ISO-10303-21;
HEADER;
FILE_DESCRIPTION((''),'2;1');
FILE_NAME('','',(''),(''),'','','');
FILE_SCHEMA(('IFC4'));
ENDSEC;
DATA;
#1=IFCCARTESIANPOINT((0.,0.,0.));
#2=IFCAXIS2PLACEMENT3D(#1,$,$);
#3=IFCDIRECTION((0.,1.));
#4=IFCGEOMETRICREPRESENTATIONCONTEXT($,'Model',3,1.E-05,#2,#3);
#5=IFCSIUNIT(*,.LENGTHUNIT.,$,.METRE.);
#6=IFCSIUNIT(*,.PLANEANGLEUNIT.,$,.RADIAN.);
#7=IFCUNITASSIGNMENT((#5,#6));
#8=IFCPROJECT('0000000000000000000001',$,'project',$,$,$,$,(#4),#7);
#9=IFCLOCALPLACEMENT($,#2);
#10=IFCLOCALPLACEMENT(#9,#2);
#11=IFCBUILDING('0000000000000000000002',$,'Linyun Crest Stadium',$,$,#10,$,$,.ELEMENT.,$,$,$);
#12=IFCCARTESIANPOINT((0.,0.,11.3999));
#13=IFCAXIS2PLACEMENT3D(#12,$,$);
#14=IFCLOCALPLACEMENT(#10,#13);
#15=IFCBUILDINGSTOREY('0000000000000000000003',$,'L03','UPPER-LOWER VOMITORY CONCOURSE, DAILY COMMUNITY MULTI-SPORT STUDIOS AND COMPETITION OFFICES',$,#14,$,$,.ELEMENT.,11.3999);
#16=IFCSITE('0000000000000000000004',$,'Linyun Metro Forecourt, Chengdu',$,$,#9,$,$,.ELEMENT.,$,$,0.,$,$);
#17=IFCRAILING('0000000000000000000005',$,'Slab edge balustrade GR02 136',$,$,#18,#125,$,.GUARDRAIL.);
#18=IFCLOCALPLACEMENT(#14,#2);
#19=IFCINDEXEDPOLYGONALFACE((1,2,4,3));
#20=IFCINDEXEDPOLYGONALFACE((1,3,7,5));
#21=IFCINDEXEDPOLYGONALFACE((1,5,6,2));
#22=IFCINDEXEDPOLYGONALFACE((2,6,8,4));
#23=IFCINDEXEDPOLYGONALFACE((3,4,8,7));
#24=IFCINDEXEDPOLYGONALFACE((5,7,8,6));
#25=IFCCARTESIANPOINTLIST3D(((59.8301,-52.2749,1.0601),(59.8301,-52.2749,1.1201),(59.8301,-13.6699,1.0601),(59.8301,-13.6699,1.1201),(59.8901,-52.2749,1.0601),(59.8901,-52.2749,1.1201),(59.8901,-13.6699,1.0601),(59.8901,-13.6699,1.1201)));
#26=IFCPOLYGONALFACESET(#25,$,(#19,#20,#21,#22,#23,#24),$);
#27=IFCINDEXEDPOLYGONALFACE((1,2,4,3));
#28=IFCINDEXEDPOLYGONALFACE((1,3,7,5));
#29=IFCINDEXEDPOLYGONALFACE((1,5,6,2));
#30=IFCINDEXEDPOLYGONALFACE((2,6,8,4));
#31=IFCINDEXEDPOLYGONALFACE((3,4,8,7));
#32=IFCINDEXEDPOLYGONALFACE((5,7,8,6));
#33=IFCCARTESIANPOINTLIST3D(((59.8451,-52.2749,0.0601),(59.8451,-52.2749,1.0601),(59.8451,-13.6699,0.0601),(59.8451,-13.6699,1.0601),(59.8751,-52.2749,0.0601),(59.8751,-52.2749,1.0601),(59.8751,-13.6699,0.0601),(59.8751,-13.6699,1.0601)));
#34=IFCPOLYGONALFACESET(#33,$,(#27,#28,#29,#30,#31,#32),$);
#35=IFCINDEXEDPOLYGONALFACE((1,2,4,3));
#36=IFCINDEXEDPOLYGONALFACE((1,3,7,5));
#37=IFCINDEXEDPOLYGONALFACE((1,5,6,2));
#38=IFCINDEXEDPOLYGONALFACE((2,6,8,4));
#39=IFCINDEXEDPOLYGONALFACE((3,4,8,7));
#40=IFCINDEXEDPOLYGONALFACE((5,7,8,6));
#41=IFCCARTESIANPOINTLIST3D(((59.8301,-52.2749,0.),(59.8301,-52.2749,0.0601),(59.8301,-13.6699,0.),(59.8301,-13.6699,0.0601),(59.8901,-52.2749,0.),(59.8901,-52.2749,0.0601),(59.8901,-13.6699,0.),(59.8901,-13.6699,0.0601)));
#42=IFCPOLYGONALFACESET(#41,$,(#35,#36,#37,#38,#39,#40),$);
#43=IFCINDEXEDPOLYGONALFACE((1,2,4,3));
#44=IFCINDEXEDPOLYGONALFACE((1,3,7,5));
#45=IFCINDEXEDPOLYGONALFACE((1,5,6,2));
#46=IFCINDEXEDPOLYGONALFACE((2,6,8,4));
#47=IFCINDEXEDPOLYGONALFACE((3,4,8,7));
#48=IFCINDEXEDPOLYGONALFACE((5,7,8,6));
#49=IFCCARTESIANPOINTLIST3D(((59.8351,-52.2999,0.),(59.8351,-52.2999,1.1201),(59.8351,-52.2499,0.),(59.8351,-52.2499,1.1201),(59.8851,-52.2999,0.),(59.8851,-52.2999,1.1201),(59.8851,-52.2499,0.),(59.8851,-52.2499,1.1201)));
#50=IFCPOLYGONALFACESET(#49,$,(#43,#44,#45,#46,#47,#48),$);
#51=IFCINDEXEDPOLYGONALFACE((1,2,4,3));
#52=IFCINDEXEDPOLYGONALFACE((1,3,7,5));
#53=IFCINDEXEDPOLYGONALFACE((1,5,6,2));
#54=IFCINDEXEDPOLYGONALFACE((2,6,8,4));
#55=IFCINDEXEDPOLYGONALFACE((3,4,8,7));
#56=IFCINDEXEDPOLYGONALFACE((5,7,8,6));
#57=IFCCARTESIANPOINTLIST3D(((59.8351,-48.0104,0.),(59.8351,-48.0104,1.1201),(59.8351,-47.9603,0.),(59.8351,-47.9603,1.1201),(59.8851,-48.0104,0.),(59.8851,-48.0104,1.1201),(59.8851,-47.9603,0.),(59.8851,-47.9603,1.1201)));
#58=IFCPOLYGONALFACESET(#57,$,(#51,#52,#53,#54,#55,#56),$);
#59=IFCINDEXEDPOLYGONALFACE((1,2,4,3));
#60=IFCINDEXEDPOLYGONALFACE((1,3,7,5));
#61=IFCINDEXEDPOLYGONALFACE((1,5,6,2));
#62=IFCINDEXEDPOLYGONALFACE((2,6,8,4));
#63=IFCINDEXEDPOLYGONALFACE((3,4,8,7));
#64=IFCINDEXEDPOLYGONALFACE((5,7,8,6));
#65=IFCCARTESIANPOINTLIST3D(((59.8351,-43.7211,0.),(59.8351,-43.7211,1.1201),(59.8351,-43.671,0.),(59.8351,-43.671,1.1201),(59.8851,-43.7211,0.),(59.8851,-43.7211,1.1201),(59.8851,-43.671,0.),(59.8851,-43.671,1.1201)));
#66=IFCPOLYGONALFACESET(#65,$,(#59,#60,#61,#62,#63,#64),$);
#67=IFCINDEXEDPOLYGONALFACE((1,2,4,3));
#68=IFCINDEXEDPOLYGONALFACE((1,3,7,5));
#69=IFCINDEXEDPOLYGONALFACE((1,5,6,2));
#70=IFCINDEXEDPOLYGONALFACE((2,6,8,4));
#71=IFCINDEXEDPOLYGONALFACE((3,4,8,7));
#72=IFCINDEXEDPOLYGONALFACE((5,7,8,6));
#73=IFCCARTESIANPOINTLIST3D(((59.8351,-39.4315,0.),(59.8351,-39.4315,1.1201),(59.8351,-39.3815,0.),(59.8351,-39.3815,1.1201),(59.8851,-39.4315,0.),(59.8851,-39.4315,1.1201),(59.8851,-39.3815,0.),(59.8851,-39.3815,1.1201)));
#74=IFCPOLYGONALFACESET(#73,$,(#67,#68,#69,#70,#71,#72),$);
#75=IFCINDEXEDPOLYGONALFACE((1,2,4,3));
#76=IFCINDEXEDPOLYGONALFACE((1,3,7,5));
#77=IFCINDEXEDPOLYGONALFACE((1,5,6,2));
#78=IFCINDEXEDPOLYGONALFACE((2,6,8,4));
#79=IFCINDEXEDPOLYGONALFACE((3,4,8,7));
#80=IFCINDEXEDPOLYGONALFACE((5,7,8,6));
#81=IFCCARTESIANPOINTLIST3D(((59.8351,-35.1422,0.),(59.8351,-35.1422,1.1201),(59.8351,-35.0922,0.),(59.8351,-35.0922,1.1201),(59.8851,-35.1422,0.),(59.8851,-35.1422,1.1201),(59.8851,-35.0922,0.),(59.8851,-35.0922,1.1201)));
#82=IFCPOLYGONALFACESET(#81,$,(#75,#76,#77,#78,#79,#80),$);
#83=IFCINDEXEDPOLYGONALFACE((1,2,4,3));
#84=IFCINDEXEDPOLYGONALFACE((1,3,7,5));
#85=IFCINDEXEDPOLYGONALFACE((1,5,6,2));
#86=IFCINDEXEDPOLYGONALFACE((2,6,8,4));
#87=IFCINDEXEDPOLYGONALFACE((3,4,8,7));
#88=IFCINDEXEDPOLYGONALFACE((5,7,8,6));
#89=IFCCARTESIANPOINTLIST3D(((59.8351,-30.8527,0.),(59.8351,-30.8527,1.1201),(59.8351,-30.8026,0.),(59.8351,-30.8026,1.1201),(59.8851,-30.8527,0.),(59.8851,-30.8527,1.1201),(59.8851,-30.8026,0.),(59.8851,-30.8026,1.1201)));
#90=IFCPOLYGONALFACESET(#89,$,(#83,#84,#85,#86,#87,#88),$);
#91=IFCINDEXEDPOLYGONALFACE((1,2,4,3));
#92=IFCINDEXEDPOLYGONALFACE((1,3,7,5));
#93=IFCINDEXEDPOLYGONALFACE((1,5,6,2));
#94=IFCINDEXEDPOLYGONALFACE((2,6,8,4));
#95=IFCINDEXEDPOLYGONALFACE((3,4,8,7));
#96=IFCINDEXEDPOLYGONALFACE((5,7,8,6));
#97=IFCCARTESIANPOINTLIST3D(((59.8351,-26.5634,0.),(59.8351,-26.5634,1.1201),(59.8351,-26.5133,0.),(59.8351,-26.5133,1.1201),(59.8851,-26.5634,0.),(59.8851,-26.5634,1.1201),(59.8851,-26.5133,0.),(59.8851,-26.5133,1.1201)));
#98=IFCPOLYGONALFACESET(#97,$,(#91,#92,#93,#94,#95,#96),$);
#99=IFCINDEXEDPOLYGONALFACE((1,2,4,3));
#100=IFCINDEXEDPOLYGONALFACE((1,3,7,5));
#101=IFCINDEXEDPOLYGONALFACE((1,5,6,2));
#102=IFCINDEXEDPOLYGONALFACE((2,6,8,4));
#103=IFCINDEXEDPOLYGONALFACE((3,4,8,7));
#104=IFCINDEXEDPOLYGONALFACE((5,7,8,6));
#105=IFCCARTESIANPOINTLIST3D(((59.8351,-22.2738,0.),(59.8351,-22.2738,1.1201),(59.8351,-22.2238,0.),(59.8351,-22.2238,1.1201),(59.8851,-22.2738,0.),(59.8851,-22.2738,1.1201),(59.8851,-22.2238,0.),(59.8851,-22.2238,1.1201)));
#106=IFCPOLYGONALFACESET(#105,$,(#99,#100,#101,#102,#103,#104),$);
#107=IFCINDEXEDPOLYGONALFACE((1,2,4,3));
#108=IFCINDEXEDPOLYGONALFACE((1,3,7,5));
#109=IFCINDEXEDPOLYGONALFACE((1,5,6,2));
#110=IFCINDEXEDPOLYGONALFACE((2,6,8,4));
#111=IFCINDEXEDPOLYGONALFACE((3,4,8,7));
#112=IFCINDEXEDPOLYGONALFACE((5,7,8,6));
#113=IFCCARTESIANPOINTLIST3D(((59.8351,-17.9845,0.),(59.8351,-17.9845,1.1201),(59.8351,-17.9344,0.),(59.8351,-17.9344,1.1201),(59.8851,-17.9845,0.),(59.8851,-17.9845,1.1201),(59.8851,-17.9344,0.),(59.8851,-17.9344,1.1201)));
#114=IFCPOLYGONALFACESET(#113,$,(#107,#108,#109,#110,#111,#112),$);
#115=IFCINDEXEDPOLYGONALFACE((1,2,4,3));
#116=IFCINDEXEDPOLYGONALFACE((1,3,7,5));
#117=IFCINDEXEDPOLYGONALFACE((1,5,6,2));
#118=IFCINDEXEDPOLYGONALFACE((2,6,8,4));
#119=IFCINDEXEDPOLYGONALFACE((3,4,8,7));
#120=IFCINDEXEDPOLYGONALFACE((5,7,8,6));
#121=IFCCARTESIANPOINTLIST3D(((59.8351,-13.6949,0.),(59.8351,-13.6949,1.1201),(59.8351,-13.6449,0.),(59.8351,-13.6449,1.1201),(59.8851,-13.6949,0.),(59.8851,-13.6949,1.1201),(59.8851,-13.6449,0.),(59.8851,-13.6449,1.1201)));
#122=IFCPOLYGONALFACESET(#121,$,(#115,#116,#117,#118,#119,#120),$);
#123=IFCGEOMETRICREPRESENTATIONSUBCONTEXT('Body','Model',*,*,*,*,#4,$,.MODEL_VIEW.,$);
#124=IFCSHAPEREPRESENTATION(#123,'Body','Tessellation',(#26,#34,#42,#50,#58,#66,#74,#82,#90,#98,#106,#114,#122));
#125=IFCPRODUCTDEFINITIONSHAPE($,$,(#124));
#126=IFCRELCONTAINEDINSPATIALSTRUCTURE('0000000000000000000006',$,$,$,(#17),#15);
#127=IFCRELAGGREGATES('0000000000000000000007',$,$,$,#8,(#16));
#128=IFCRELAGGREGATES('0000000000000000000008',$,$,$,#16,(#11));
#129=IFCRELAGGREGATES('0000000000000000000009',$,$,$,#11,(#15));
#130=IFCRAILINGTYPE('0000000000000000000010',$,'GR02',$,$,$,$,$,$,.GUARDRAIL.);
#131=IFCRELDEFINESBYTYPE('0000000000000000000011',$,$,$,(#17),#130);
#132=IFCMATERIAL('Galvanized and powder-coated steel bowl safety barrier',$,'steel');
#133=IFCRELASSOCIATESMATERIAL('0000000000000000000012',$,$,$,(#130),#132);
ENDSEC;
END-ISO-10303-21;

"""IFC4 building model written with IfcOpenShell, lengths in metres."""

from ifc_helpers import new_model, si_unit, direction, frame, origin, origin_2d, place, context, subcontext, project, spatial, rectangle, extrude, material, type_object, element, save


model = new_model("IFC4")

# Units and contexts
model_context = context("Model", 3, precision=1e-05, world=origin(), true_north=direction((0.0, 1.0)))
body_context = subcontext(model_context, "Body", "Model", "MODEL_VIEW")
ifc_project = project(units=[si_unit("LENGTHUNIT", "METRE"), si_unit("PLANEANGLEUNIT", "RADIAN")], contexts=[model_context])

# Site, building, storey
site_placement = place(None, origin())
site = spatial("IfcSite", under=ifc_project, at=site_placement, Name="Linyun Metro Forecourt, Chengdu", CompositionType="ELEMENT", RefElevation=0.0)
building_placement = place(site_placement, origin())
building = spatial("IfcBuilding", under=site, at=building_placement, Name="Linyun Crest Stadium", CompositionType="ELEMENT")
storey_placement = place(building_placement, frame((0.0, 0.0, 11.3999)))
storey = spatial("IfcBuildingStorey", under=building, at=storey_placement, Name="L03", Description="UPPER-LOWER VOMITORY CONCOURSE, DAILY COMMUNITY MULTI-SPORT STUDIOS AND COMPETITION OFFICES", CompositionType="ELEMENT", Elevation=11.3999)

# Railing
ifc_material_1 = material(Name="Galvanized and powder-coated steel bowl safety barrier", Category="steel")
railing_type = type_object("IfcRailingType", Name="GR02", PredefinedType="GUARDRAIL", material=ifc_material_1)
railing_placement = place(storey_placement, frame((59.8601, -52.2749, 0.0)))
element("IfcRailing", 1, at=railing_placement, inside=storey, type_object=railing_type, Name="Slab edge balustrade GR02 136", PredefinedType="GUARDRAIL", context=body_context, shape_type="SweptSolid", body=[
    extrude(rectangle(XDim=0.0601, YDim=0.0601, at=origin_2d()), frame((0.0, 0.0, 1.0901), z_axis=(0.0, 1.0, 0.0), x_axis=(-1.0, 0.0, 0.0)), (0.0, 0.0, 1.0), 38.605),
    extrude(rectangle(XDim=0.03, YDim=1.0, at=origin_2d()), frame((0.0, 0.0, 0.5601), z_axis=(0.0, 1.0, 0.0), x_axis=(-1.0, 0.0, 0.0)), (0.0, 0.0, 1.0), 38.605),
    extrude(rectangle(XDim=0.0601, YDim=0.0601, at=origin_2d()), frame((0.0, 0.0, 0.03), z_axis=(0.0, 1.0, 0.0), x_axis=(-1.0, 0.0, 0.0)), (0.0, 0.0, 1.0), 38.605),
    extrude(rectangle(XDim=0.05, YDim=0.05, at=origin_2d()), origin(), (0.0, 0.0, 1.0), 1.1201),
    extrude(rectangle(XDim=0.05, YDim=0.05, at=origin_2d()), frame((0.0, 4.2896, 0.0)), (0.0, 0.0, 1.0), 1.1201),
    extrude(rectangle(XDim=0.05, YDim=0.05, at=origin_2d()), frame((0.0, 8.5789, 0.0)), (0.0, 0.0, 1.0), 1.1201),
    extrude(rectangle(XDim=0.05, YDim=0.05, at=origin_2d()), frame((0.0, 12.8684, 0.0)), (0.0, 0.0, 1.0), 1.1201),
    extrude(rectangle(XDim=0.05, YDim=0.05, at=origin_2d()), frame((0.0, 17.1577, 0.0)), (0.0, 0.0, 1.0), 1.1201),
    extrude(rectangle(XDim=0.05, YDim=0.05, at=origin_2d()), frame((0.0, 21.4473, 0.0)), (0.0, 0.0, 1.0), 1.1201),
    extrude(rectangle(XDim=0.05, YDim=0.05, at=origin_2d()), frame((0.0, 25.7366, 0.0)), (0.0, 0.0, 1.0), 1.1201),
    extrude(rectangle(XDim=0.05, YDim=0.05, at=origin_2d()), frame((0.0, 30.0261, 0.0)), (0.0, 0.0, 1.0), 1.1201),
    extrude(rectangle(XDim=0.05, YDim=0.05, at=origin_2d()), frame((0.0, 34.3154, 0.0)), (0.0, 0.0, 1.0), 1.1201),
    extrude(rectangle(XDim=0.05, YDim=0.05, at=origin_2d()), frame((0.0, 38.605, 0.0)), (0.0, 0.0, 1.0), 1.1201),
])

save(model, "model.ifc")
